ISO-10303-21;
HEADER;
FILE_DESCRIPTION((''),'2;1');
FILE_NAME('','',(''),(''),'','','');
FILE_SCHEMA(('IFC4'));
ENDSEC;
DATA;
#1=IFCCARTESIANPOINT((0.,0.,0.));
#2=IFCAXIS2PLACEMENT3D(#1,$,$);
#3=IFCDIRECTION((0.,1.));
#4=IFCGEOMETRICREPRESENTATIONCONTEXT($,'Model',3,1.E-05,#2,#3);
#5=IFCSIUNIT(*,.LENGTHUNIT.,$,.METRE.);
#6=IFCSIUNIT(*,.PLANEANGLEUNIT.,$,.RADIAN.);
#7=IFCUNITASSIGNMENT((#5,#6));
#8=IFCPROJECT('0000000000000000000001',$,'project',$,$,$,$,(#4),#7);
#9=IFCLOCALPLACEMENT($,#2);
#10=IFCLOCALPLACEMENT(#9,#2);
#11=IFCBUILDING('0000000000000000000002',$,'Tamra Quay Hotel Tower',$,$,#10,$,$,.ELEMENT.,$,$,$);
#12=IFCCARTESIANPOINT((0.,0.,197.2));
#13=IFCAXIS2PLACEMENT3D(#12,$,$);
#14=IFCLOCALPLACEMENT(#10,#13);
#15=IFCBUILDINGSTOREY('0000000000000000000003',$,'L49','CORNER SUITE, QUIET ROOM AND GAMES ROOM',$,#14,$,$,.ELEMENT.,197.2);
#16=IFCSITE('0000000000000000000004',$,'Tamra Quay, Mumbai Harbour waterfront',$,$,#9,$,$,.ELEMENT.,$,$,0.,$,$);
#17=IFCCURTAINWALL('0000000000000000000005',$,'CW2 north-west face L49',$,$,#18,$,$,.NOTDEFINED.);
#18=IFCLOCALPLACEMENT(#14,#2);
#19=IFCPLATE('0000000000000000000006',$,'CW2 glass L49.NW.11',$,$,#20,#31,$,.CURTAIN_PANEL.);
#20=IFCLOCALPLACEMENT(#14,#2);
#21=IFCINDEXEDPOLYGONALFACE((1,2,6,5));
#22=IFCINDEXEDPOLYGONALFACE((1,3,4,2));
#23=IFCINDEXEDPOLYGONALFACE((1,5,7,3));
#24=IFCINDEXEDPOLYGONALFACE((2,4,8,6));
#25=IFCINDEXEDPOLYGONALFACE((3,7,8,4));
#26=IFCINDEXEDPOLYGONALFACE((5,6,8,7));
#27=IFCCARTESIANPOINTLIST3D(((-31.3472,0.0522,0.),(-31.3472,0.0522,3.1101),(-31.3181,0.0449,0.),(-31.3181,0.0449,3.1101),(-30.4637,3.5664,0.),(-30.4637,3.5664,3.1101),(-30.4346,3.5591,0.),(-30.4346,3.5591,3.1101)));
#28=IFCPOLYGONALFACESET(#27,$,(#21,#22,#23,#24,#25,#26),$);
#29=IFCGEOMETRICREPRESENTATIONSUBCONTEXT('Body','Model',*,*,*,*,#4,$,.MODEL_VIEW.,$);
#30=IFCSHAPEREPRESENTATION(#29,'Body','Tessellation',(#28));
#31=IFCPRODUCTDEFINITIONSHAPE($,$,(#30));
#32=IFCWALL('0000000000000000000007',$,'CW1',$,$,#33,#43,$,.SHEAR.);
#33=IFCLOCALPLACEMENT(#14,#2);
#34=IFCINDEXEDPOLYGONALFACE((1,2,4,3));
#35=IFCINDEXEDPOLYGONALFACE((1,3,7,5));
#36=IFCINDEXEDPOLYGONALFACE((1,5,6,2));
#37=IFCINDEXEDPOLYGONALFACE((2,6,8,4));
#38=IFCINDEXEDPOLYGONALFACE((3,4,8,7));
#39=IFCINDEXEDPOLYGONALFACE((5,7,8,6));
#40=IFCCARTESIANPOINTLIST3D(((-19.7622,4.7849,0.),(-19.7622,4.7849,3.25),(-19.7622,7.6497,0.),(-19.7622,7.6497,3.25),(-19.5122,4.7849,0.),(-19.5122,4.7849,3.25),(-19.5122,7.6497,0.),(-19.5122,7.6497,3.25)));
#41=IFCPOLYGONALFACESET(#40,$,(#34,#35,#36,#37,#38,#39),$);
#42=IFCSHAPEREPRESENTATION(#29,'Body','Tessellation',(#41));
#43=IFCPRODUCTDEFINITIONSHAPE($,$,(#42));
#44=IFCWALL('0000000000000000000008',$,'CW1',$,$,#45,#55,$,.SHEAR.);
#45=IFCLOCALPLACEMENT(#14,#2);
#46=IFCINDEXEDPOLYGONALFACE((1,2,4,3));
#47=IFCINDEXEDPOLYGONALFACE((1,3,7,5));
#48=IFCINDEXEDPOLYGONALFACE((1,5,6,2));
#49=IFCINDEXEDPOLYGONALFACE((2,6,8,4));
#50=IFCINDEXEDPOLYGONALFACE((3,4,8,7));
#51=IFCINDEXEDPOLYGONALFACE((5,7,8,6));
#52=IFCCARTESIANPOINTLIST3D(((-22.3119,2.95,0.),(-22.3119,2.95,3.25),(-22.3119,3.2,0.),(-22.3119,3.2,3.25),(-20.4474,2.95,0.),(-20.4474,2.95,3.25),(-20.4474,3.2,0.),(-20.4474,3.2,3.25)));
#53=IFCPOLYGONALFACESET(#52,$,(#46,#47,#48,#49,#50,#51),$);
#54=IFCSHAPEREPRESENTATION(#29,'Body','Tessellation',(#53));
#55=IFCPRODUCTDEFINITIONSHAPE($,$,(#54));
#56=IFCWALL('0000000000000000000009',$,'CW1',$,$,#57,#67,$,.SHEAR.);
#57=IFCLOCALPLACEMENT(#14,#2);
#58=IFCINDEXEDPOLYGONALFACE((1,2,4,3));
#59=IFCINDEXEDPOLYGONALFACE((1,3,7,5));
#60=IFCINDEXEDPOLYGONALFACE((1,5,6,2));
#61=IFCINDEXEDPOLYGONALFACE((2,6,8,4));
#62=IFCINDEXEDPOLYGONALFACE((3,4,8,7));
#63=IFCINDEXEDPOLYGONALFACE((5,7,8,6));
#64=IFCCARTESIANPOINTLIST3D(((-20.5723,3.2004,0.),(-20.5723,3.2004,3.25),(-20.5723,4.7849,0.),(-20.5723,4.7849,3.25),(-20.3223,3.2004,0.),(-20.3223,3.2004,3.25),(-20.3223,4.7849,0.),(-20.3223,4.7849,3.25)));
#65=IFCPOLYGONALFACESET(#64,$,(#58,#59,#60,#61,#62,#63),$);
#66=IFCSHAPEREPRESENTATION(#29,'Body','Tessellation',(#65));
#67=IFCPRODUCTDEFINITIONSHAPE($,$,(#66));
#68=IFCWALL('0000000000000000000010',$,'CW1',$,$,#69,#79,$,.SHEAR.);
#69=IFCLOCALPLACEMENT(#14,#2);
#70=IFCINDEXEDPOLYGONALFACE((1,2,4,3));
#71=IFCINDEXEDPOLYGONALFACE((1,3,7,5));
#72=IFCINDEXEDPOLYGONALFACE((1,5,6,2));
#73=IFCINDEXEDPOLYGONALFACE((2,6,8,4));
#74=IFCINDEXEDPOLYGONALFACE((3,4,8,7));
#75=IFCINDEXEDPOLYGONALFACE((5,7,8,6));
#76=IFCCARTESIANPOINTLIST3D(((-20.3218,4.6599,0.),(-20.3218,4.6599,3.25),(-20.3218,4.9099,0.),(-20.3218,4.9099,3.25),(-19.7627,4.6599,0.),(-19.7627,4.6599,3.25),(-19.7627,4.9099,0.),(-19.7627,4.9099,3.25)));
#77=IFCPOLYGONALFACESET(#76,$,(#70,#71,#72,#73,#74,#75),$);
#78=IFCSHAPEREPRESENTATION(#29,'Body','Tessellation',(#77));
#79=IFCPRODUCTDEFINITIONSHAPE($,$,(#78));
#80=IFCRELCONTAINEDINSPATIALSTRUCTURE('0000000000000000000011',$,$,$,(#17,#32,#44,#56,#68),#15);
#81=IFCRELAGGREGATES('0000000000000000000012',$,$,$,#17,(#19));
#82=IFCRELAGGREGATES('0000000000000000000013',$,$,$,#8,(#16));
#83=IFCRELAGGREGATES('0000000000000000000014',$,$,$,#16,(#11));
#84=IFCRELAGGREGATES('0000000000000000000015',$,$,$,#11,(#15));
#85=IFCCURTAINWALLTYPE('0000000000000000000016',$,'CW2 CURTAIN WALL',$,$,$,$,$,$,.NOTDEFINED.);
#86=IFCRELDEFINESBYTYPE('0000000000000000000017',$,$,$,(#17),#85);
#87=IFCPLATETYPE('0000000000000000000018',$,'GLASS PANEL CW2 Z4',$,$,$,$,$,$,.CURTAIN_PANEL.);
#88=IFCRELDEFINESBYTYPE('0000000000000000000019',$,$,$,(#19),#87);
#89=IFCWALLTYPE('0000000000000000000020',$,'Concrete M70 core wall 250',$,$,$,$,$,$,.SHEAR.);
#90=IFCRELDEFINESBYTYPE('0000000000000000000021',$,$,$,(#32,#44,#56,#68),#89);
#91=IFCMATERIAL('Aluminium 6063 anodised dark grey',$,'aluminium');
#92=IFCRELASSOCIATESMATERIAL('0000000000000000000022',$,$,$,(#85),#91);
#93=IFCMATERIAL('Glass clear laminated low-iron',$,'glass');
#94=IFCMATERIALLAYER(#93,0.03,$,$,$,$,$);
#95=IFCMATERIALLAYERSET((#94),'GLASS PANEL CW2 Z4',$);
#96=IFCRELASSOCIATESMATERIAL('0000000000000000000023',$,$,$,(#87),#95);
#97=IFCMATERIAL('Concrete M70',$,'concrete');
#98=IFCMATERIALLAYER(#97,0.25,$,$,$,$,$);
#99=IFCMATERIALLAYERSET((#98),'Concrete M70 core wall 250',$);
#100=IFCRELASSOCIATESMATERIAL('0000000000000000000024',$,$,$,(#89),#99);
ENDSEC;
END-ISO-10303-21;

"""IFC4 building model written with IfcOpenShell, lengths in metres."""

from ifc_helpers import new_model, si_unit, direction, frame, frame_2d, origin, origin_2d, place, context, subcontext, project, spatial, rectangle, extrude, material, layer, layer_set, type_object, element, aggregate, save


model = new_model("IFC4")

# Units and contexts
model_context = context("Model", 3, precision=1e-05, world=origin(), true_north=direction((0.0, 1.0)))
body_context = subcontext(model_context, "Body", "Model", "MODEL_VIEW")
ifc_project = project(units=[si_unit("LENGTHUNIT", "METRE"), si_unit("PLANEANGLEUNIT", "RADIAN")], contexts=[model_context])

# Site, building, storey
site_placement = place(None, origin())
site = spatial("IfcSite", under=ifc_project, at=site_placement, Name="Tamra Quay, Mumbai Harbour waterfront", CompositionType="ELEMENT", RefElevation=0.0)
building_placement = place(site_placement, origin())
building = spatial("IfcBuilding", under=site, at=building_placement, Name="Tamra Quay Hotel Tower", CompositionType="ELEMENT")
storey_placement = place(building_placement, frame((0.0, 0.0, 197.2)))
storey = spatial("IfcBuildingStorey", under=building, at=storey_placement, Name="L49", Description="CORNER SUITE, QUIET ROOM AND GAMES ROOM", CompositionType="ELEMENT", Elevation=197.2)

# Shared definitions
ifc_material_1 = material(Name="Concrete M70", Category="concrete")

# Curtain wall
ifc_material_2 = material(Name="Aluminium 6063 anodised dark grey", Category="aluminium")
curtain_wall_type = type_object("IfcCurtainWallType", Name="CW2 CURTAIN WALL", PredefinedType="NOTDEFINED", material=ifc_material_2)
curtain_wall_placement = place(storey_placement, origin())
curtain_wall = element("IfcCurtainWall", 1, at=curtain_wall_placement, inside=storey, type_object=curtain_wall_type, Name="CW2 north-west face L49", PredefinedType="NOTDEFINED")

# Plate
ifc_material_3 = material(Name="Glass clear laminated low-iron", Category="glass")
ifc_layer_1 = layer(ifc_material_3, 0.03)
ifc_layer_set_1 = layer_set([ifc_layer_1], Name="GLASS PANEL CW2 Z4")
plate_type = type_object("IfcPlateType", Name="GLASS PANEL CW2 Z4", PredefinedType="CURTAIN_PANEL", material=ifc_layer_set_1)
plate_1_placement = place(storey_placement, frame((-30.8909, 1.8057, 0.0), z_axis=(0.0, 0.0, 1.0), x_axis=(-0.243826, -0.969819, 0.0)))
plate_1 = element("IfcPlate", 2, at=plate_1_placement, type_object=plate_type, Name="CW2 glass L49.NW.11", PredefinedType="CURTAIN_PANEL", context=body_context, shape_type="SweptSolid", body=[
    extrude(rectangle(XDim=3.6235, YDim=0.03, at=origin_2d()), origin(), (0.0, 0.0, 1.0), 3.1101),
])
aggregate(curtain_wall, [plate_1])

# Walls
ifc_layer_2 = layer(ifc_material_1, 0.25)
ifc_layer_set_2 = layer_set([ifc_layer_2], Name="Concrete M70 core wall 250")
wall_type = type_object("IfcWallType", Name="Concrete M70 core wall 250", PredefinedType="SHEAR", material=ifc_layer_set_2)
wall_1_placement = place(storey_placement, frame((-19.6372, 4.7849, 0.0), z_axis=(0.0, 0.0, 1.0), x_axis=(0.0, 1.0, 0.0)))
element("IfcWall", 3, at=wall_1_placement, inside=storey, type_object=wall_type, Name="CW1", PredefinedType="SHEAR", context=body_context, shape_type="SweptSolid", body=[
    extrude(rectangle(XDim=2.8647, YDim=0.25, at=frame_2d((1.4324, 0.0))), origin(), (0.0, 0.0, 1.0), 3.25),
])
wall_2_placement = place(storey_placement, frame((-22.3118, 3.075, 0.0), z_axis=(0.0, 0.0, 1.0), x_axis=(1.0, 0.0, 0.0)))
element("IfcWall", 4, at=wall_2_placement, inside=storey, type_object=wall_type, Name="CW1", PredefinedType="SHEAR", context=body_context, shape_type="SweptSolid", body=[
    extrude(rectangle(XDim=1.8645, YDim=0.25, at=frame_2d((0.9321, 0.0))), origin(), (0.0, 0.0, 1.0), 3.25),
])
wall_3_placement = place(storey_placement, frame((-20.4473, 3.2004, 0.0), z_axis=(0.0, 0.0, 1.0), x_axis=(0.0, 1.0, 0.0)))
element("IfcWall", 5, at=wall_3_placement, inside=storey, type_object=wall_type, Name="CW1", PredefinedType="SHEAR", context=body_context, shape_type="SweptSolid", body=[
    extrude(rectangle(XDim=1.5845, YDim=0.25, at=frame_2d((0.7922, 0.0))), origin(), (0.0, 0.0, 1.0), 3.25),
])
wall_4_placement = place(storey_placement, frame((-20.3218, 4.7849, 0.0), z_axis=(0.0, 0.0, 1.0), x_axis=(1.0, 0.0, 0.0)))
element("IfcWall", 6, at=wall_4_placement, inside=storey, type_object=wall_type, Name="CW1", PredefinedType="SHEAR", context=body_context, shape_type="SweptSolid", body=[
    extrude(rectangle(XDim=0.5591, YDim=0.25, at=frame_2d((0.2795, 0.0))), origin(), (0.0, 0.0, 1.0), 3.25),
])

save(model, "model.ifc")
